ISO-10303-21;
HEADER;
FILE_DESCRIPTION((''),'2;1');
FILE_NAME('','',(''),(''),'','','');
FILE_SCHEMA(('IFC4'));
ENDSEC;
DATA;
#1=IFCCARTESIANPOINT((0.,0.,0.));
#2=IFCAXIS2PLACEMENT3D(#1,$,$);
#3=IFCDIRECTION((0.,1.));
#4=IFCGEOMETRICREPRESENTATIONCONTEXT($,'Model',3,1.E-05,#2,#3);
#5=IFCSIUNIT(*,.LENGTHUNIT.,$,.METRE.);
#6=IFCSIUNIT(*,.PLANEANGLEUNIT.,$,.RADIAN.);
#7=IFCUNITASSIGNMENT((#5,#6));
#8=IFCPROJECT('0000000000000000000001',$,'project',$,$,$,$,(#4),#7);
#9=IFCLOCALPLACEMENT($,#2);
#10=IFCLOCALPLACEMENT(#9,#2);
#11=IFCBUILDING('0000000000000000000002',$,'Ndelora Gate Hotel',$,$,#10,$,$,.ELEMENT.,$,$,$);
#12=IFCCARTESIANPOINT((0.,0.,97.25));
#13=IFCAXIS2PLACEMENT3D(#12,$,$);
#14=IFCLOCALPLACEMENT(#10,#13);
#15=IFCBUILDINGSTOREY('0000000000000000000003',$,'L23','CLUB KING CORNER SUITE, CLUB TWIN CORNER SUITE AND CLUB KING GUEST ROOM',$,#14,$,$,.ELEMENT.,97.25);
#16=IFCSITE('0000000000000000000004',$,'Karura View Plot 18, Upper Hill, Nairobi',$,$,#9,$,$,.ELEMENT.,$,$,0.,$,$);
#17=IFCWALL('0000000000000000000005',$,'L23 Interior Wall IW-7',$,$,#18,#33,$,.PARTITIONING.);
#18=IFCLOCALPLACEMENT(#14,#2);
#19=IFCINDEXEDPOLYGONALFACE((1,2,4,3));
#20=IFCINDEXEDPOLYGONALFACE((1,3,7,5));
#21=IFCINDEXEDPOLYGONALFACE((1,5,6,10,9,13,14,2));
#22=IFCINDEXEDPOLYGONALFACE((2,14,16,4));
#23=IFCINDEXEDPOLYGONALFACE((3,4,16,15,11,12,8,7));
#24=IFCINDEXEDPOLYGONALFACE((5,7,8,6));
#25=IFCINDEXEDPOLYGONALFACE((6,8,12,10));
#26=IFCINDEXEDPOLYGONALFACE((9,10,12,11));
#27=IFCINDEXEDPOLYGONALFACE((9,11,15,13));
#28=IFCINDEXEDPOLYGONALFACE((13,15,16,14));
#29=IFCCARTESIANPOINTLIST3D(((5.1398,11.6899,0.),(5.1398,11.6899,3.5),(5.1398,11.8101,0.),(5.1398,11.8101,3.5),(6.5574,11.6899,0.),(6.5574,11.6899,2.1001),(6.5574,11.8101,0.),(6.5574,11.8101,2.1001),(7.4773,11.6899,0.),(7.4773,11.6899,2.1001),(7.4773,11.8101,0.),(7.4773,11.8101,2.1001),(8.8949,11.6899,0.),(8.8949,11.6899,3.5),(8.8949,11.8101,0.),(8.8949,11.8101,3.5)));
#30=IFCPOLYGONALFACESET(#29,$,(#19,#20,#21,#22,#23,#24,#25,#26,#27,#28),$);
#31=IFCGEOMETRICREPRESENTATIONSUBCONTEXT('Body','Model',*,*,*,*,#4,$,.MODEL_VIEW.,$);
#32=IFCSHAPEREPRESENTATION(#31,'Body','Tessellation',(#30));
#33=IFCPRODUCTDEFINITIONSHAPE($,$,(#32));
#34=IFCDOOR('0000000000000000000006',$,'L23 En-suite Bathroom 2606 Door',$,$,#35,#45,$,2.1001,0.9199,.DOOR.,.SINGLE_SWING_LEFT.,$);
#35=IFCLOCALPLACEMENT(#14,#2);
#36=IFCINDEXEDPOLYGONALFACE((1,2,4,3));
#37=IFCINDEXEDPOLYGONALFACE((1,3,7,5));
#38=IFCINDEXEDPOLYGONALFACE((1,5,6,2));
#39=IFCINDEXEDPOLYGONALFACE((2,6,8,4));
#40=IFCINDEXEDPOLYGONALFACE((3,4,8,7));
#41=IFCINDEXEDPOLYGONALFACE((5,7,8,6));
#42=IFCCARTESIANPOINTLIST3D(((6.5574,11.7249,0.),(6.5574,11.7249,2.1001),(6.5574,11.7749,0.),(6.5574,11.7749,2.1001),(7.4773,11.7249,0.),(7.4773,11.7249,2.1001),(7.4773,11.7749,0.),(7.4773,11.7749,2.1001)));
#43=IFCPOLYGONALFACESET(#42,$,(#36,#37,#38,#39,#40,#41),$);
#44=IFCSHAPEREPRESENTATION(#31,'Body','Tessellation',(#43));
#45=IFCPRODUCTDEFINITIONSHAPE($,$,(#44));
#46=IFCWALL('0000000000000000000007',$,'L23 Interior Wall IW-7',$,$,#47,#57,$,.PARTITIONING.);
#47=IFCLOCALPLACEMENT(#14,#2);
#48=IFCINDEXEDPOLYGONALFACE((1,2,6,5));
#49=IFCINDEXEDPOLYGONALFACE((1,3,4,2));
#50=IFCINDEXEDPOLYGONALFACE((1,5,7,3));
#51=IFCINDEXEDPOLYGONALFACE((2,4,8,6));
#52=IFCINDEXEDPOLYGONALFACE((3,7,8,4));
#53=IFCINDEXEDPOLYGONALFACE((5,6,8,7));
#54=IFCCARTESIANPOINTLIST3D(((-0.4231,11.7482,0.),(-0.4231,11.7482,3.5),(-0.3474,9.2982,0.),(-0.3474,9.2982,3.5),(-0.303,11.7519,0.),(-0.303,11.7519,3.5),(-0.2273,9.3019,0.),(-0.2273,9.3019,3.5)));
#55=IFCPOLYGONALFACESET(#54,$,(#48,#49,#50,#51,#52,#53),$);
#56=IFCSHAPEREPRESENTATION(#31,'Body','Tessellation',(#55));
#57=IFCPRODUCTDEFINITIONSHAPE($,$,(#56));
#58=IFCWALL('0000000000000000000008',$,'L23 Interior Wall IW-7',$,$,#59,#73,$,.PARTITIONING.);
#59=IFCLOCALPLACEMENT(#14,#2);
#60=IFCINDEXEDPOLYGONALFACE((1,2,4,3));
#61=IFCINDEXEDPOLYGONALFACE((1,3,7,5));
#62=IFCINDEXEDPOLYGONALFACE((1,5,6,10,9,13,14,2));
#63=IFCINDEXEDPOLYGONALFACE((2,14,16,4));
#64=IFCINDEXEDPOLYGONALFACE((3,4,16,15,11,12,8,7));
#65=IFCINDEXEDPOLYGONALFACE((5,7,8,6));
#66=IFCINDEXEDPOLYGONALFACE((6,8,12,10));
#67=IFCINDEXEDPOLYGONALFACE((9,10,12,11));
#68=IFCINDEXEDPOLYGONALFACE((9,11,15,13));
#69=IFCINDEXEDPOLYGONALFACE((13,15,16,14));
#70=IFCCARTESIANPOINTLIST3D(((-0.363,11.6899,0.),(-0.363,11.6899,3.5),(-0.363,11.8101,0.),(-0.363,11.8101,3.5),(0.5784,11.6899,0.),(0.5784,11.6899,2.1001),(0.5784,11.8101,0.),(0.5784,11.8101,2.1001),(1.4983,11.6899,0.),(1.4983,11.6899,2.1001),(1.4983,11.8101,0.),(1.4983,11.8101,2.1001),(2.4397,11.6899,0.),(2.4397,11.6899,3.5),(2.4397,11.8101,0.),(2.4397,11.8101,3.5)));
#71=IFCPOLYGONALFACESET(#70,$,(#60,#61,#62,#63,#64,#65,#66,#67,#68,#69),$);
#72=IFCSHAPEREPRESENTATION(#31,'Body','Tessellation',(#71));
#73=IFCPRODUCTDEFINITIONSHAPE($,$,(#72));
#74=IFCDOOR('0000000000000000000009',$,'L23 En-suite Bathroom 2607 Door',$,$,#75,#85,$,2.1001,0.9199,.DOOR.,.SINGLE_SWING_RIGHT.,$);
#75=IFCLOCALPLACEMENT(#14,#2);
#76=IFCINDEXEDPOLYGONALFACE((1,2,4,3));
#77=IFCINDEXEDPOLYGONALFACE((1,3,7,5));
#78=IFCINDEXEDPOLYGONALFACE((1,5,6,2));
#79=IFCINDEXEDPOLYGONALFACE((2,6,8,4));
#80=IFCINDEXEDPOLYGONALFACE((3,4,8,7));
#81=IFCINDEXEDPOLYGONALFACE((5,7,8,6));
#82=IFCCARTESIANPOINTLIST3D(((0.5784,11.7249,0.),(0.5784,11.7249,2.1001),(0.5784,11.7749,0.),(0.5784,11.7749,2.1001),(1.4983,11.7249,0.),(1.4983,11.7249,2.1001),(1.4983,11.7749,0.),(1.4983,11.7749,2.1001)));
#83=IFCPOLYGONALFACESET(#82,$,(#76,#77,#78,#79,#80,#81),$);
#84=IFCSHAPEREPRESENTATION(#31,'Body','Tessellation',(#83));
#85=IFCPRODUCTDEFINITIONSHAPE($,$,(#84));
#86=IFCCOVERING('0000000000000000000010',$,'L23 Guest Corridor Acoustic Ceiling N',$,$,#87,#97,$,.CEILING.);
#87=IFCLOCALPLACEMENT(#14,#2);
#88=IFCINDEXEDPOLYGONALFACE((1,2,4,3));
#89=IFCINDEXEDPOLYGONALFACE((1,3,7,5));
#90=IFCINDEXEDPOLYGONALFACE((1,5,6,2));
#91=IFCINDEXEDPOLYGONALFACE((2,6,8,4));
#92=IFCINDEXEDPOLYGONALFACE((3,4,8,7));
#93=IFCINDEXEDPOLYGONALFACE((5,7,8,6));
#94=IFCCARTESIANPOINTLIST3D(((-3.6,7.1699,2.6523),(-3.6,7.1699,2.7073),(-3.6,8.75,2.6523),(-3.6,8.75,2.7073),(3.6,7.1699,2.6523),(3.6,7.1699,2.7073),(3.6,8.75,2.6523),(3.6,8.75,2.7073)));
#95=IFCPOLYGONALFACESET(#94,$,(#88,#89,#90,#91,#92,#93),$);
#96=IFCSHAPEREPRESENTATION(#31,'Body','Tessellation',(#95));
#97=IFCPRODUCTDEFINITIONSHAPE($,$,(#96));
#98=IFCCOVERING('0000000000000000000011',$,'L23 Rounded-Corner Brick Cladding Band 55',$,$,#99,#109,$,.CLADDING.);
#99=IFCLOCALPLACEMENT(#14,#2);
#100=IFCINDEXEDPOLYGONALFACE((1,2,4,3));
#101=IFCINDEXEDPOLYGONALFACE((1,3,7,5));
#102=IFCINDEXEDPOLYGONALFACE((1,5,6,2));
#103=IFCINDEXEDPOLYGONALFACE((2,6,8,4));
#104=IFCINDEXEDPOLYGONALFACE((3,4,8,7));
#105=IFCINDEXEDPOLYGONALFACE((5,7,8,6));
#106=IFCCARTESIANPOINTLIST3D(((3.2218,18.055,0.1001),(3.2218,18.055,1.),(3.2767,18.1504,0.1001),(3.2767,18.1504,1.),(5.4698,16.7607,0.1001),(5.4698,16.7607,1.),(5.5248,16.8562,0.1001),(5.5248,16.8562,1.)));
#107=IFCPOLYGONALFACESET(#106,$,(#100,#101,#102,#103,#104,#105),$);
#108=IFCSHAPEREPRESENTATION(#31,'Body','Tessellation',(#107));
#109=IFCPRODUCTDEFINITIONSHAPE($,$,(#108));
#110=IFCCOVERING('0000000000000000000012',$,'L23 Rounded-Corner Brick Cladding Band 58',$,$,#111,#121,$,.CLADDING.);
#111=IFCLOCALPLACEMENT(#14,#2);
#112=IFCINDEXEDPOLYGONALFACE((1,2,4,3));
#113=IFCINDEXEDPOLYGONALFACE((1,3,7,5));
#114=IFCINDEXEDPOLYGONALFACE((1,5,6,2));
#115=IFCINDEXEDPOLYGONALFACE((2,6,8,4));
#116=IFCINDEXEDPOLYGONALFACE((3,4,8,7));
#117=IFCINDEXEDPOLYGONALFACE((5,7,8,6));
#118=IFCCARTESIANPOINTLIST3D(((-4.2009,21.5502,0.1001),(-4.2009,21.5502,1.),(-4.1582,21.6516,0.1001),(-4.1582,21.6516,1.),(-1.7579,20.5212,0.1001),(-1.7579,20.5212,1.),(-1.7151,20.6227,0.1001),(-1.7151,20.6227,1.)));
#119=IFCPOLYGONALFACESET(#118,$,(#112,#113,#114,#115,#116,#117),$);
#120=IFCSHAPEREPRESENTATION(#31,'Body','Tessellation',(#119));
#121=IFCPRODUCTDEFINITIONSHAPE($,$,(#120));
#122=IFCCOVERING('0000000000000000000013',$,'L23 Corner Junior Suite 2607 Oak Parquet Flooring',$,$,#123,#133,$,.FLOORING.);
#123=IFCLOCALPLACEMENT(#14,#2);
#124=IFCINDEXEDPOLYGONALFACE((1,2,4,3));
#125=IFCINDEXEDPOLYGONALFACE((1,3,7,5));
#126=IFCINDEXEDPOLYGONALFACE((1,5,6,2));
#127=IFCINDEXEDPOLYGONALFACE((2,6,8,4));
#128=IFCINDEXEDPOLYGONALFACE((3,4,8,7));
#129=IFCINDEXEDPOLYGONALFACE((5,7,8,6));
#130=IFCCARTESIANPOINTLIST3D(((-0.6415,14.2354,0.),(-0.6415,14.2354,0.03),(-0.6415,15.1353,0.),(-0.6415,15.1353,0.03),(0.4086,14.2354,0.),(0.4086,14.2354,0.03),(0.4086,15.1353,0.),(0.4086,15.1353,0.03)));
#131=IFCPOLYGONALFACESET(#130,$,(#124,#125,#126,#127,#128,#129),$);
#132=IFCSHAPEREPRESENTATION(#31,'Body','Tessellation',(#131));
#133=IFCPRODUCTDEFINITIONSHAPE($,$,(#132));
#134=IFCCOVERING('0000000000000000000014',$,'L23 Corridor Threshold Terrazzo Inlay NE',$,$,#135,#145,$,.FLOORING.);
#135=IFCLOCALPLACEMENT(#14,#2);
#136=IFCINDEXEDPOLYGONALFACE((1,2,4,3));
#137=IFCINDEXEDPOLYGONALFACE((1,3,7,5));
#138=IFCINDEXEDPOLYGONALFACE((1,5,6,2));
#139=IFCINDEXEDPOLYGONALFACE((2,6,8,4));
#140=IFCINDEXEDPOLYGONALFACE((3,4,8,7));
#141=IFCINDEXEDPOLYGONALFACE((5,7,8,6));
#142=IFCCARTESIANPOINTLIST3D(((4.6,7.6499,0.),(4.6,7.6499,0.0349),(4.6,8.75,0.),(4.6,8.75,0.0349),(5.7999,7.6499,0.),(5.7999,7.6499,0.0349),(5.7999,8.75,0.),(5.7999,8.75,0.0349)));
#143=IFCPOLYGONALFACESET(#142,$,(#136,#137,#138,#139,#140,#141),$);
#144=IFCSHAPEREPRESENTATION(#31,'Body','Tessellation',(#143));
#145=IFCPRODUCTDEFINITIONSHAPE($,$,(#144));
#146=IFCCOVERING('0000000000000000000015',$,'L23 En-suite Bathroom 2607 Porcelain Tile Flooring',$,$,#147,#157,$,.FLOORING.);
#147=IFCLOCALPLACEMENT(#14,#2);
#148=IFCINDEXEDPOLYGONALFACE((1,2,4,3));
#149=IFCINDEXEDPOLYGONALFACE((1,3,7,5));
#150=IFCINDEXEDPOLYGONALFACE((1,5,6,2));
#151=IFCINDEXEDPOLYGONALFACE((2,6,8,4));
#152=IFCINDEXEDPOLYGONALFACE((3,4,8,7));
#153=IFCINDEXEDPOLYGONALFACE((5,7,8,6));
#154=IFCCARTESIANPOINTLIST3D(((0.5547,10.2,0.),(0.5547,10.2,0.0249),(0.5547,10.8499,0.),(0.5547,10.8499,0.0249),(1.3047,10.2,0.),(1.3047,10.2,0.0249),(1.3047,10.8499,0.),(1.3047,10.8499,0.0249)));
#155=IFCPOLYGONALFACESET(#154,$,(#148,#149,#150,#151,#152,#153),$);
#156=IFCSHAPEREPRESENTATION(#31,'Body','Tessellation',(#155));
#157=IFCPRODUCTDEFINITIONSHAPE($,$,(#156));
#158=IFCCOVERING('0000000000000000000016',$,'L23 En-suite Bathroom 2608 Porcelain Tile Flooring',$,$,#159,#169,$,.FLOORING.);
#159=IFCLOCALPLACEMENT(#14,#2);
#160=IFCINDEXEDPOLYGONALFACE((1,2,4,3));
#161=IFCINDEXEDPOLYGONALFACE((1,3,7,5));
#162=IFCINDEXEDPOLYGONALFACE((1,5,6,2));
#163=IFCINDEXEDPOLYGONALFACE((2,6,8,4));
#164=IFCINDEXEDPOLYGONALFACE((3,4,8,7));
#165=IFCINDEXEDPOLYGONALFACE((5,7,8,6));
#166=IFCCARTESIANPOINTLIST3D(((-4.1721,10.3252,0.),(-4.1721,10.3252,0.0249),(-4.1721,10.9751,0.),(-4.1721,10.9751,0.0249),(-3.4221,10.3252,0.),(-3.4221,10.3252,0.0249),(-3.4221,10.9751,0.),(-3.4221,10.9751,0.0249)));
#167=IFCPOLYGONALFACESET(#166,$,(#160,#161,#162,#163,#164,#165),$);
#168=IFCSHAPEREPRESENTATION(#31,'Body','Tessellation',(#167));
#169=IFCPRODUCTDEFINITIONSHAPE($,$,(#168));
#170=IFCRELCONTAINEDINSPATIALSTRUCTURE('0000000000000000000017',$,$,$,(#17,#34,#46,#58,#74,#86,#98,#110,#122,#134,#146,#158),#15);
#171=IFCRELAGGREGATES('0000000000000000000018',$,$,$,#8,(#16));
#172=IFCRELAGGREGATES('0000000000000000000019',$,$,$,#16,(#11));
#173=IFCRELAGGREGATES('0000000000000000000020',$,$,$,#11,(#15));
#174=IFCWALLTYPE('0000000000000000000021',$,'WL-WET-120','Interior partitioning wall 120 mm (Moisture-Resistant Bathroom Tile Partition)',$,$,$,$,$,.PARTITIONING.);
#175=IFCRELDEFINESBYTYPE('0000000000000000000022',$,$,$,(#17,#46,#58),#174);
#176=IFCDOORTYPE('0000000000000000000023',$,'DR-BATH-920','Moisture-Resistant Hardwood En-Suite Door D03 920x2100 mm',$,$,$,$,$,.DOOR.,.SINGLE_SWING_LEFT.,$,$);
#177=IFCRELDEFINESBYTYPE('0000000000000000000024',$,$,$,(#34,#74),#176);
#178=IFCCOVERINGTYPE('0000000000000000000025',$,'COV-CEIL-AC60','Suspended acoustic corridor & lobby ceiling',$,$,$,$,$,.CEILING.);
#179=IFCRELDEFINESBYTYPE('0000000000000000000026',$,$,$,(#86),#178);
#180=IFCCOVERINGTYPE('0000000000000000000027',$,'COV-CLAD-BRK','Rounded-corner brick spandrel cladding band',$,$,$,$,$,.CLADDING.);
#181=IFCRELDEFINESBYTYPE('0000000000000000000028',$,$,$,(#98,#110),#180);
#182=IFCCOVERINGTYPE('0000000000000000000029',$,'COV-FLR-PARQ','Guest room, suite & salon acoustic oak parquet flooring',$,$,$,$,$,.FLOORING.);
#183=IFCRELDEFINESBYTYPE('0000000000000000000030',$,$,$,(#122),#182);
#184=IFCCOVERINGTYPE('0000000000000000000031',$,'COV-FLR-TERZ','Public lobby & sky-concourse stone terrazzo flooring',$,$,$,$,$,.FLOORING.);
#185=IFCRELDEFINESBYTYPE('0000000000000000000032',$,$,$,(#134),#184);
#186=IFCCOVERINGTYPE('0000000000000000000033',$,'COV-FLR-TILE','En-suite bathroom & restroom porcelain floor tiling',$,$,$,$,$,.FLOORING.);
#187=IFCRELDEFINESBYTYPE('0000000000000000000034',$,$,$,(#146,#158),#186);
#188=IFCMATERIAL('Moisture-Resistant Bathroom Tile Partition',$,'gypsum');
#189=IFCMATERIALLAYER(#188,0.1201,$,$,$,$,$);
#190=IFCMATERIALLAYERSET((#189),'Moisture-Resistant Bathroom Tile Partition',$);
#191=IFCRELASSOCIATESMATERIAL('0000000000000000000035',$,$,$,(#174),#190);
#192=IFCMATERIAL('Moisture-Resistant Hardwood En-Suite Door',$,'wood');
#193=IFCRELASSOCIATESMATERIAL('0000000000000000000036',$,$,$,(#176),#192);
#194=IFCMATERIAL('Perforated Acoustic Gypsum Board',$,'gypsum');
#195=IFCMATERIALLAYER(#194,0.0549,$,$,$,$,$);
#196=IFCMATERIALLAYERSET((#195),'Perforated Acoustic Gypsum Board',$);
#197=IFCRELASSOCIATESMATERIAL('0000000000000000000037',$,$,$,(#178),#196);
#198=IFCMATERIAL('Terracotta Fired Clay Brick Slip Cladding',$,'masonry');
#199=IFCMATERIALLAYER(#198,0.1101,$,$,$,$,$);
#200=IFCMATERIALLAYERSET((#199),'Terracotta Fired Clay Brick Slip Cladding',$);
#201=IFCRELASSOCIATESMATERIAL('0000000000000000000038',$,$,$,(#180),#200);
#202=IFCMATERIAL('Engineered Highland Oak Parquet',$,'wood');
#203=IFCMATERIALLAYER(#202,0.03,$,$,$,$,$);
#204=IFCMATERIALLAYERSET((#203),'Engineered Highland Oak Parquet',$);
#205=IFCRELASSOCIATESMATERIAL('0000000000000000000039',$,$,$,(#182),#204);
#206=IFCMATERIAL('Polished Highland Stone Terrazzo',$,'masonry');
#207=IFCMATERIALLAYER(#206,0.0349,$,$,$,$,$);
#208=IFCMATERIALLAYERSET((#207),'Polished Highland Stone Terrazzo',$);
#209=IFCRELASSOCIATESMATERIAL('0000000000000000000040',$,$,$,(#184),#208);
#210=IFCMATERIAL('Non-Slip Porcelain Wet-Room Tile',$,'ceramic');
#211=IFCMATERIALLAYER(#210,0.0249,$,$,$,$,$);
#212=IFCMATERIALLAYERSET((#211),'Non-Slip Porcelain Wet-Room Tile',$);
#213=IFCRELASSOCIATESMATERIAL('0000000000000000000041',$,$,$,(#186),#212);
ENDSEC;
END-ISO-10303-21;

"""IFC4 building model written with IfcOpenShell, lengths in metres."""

from ifc_helpers import new_model, si_unit, direction, frame, frame_2d, origin, origin_2d, place, context, subcontext, project, spatial, rectangle, extrude, material, layer, layer_set, type_object, element, fill, save


model = new_model("IFC4")

# Units and contexts
model_context = context("Model", 3, precision=1e-05, world=origin(), true_north=direction((0.0, 1.0)))
body_context = subcontext(model_context, "Body", "Model", "MODEL_VIEW")
ifc_project = project(units=[si_unit("LENGTHUNIT", "METRE"), si_unit("PLANEANGLEUNIT", "RADIAN")], contexts=[model_context])

# Site, building, storey
site_placement = place(None, origin())
site = spatial("IfcSite", under=ifc_project, at=site_placement, Name="Karura View Plot 18, Upper Hill, Nairobi", CompositionType="ELEMENT", RefElevation=0.0)
building_placement = place(site_placement, origin())
building = spatial("IfcBuilding", under=site, at=building_placement, Name="Ndelora Gate Hotel", CompositionType="ELEMENT")
storey_placement = place(building_placement, frame((0.0, 0.0, 97.25)))
storey = spatial("IfcBuildingStorey", under=building, at=storey_placement, Name="L23", Description="CLUB KING CORNER SUITE, CLUB TWIN CORNER SUITE AND CLUB KING GUEST ROOM", CompositionType="ELEMENT", Elevation=97.25)

# Shared definitions
ifc_material_1 = material(Name="Moisture-Resistant Bathroom Tile Partition", Category="gypsum")
ifc_layer_1 = layer(ifc_material_1, 0.1201)
ifc_layer_set_1 = layer_set([ifc_layer_1], Name="Moisture-Resistant Bathroom Tile Partition")
wall_type_1 = type_object("IfcWallType", Name="WL-WET-120", Description="Interior partitioning wall 120 mm (Moisture-Resistant Bathroom Tile Partition)", PredefinedType="PARTITIONING", material=ifc_layer_set_1)

# Wall, opening, door
wall_1_placement = place(storey_placement, frame((5.1399, 11.75, 0.0), z_axis=(0.0, 0.0, 1.0), x_axis=(1.0, 0.0, 0.0)))
wall_1 = element("IfcWall", 1, at=wall_1_placement, inside=storey, type_object=wall_type_1, Name="L23 Interior Wall IW-7", PredefinedType="PARTITIONING", context=body_context, shape_type="SweptSolid", body=[
    extrude(rectangle(XDim=3.7551, YDim=0.1201, at=frame_2d((1.8774, 0.0))), origin(), (0.0, 0.0, 1.0), 3.5),
])
opening_1_placement = place(wall_1_placement, frame((1.4175, 0.0, 0.0)))
opening_1 = element("IfcOpeningElement", 2, at=opening_1_placement, cuts=wall_1, PredefinedType="OPENING", context=body_context, shape_type="SweptSolid", body=[
    extrude(rectangle(XDim=0.9199, YDim=2.1001, at=frame_2d((0.46, 1.05))), frame((0.0, 0.0701, 0.0), z_axis=(0.0, -1.0, 0.0), x_axis=(1.0, 0.0, 0.0)), (0.0, 0.0, 1.0), 0.1401),
])
ifc_material_2 = material(Name="Moisture-Resistant Hardwood En-Suite Door", Category="wood")
door_type = type_object("IfcDoorType", Name="DR-BATH-920", Description="Moisture-Resistant Hardwood En-Suite Door D03 920x2100 mm", OperationType="SINGLE_SWING_LEFT", PredefinedType="DOOR", material=ifc_material_2)
door_1_placement = place(opening_1_placement, origin())
door_1 = element("IfcDoor", 3, at=door_1_placement, inside=storey, type_object=door_type, Name="L23 En-suite Bathroom 2606 Door", OperationType="SINGLE_SWING_LEFT", OverallHeight=2.1001, OverallWidth=0.9199, PredefinedType="DOOR", context=body_context, shape_type="SweptSolid", body=[
    extrude(rectangle(XDim=0.9199, YDim=2.1001, at=frame_2d((0.46, 1.05))), frame((0.0, 0.0249, 0.0), z_axis=(0.0, -1.0, 0.0), x_axis=(1.0, 0.0, 0.0)), (0.0, 0.0, 1.0), 0.05),
])
fill(opening_1, door_1)

# Wall
wall_2_placement = place(storey_placement, frame((-0.2874, 9.3, 0.0), z_axis=(0.0, 0.0, 1.0), x_axis=(-0.030877, 0.999523, 0.0)))
element("IfcWall", 4, at=wall_2_placement, inside=storey, type_object=wall_type_1, Name="L23 Interior Wall IW-7", PredefinedType="PARTITIONING", context=body_context, shape_type="SweptSolid", body=[
    extrude(rectangle(XDim=2.4512, YDim=0.1201, at=frame_2d((1.2256, 0.0))), origin(), (0.0, 0.0, 1.0), 3.5),
])

# Wall, opening, door
wall_3_placement = place(storey_placement, frame((-0.363, 11.75, 0.0), z_axis=(0.0, 0.0, 1.0), x_axis=(1.0, 0.0, 0.0)))
wall_3 = element("IfcWall", 5, at=wall_3_placement, inside=storey, type_object=wall_type_1, Name="L23 Interior Wall IW-7", PredefinedType="PARTITIONING", context=body_context, shape_type="SweptSolid", body=[
    extrude(rectangle(XDim=2.8027, YDim=0.1201, at=frame_2d((1.4014, 0.0))), origin(), (0.0, 0.0, 1.0), 3.5),
])
opening_2_placement = place(wall_3_placement, frame((0.9414, 0.0, 0.0)))
opening_2 = element("IfcOpeningElement", 6, at=opening_2_placement, cuts=wall_3, PredefinedType="OPENING", context=body_context, shape_type="SweptSolid", body=[
    extrude(rectangle(XDim=0.9199, YDim=2.1001, at=frame_2d((0.46, 1.05))), frame((0.0, 0.0701, 0.0), z_axis=(0.0, -1.0, 0.0), x_axis=(1.0, 0.0, 0.0)), (0.0, 0.0, 1.0), 0.1401),
])
door_2_placement = place(opening_2_placement, origin())
door_2 = element("IfcDoor", 7, at=door_2_placement, inside=storey, type_object=door_type, Name="L23 En-suite Bathroom 2607 Door", OperationType="SINGLE_SWING_RIGHT", OverallHeight=2.1001, OverallWidth=0.9199, PredefinedType="DOOR", context=body_context, shape_type="SweptSolid", body=[
    extrude(rectangle(XDim=0.9199, YDim=2.1001, at=frame_2d((0.46, 1.05))), frame((0.0, 0.0249, 0.0), z_axis=(0.0, -1.0, 0.0), x_axis=(1.0, 0.0, 0.0)), (0.0, 0.0, 1.0), 0.05),
])
fill(opening_2, door_2)

# Coverings
ifc_material_3 = material(Name="Perforated Acoustic Gypsum Board", Category="gypsum")
ifc_layer_2 = layer(ifc_material_3, 0.0549)
ifc_layer_set_2 = layer_set([ifc_layer_2], Name="Perforated Acoustic Gypsum Board")
covering_type_1 = type_object("IfcCoveringType", Name="COV-CEIL-AC60", Description="Suspended acoustic corridor & lobby ceiling", PredefinedType="CEILING", material=ifc_layer_set_2)
covering_1_placement = place(storey_placement, frame((0.0, 7.96, 2.6523), z_axis=(0.0, 0.0, 1.0), x_axis=(1.0, 0.0, 0.0)))
element("IfcCovering", 8, at=covering_1_placement, inside=storey, type_object=covering_type_1, Name="L23 Guest Corridor Acoustic Ceiling N", PredefinedType="CEILING", context=body_context, shape_type="SweptSolid", body=[
    extrude(rectangle(XDim=7.2, YDim=1.5801, at=origin_2d()), origin(), (0.0, 0.0, 1.0), 0.0549),
])
ifc_material_4 = material(Name="Terracotta Fired Clay Brick Slip Cladding", Category="masonry")
ifc_layer_3 = layer(ifc_material_4, 0.1101)
ifc_layer_set_3 = layer_set([ifc_layer_3], Name="Terracotta Fired Clay Brick Slip Cladding")
covering_type_2 = type_object("IfcCoveringType", Name="COV-CLAD-BRK", Description="Rounded-corner brick spandrel cladding band", PredefinedType="CLADDING", material=ifc_layer_set_3)
covering_2_placement = place(storey_placement, frame((4.3733, 17.4556, 0.1001), z_axis=(0.0, 0.0, 1.0), x_axis=(-0.866636, 0.498942, 0.0)))
element("IfcCovering", 9, at=covering_2_placement, inside=storey, type_object=covering_type_2, Name="L23 Rounded-Corner Brick Cladding Band 55", PredefinedType="CLADDING", context=body_context, shape_type="SweptSolid", body=[
    extrude(rectangle(XDim=2.594, YDim=0.1101, at=origin_2d()), origin(), (0.0, 0.0, 1.0), 0.8999),
])
covering_3_placement = place(storey_placement, frame((-2.958, 21.0864, 0.1001), z_axis=(0.0, 0.0, 1.0), x_axis=(-0.921592, 0.388159, 0.0)))
element("IfcCovering", 10, at=covering_3_placement, inside=storey, type_object=covering_type_2, Name="L23 Rounded-Corner Brick Cladding Band 58", PredefinedType="CLADDING", context=body_context, shape_type="SweptSolid", body=[
    extrude(rectangle(XDim=2.6509, YDim=0.1101, at=origin_2d()), origin(), (0.0, 0.0, 1.0), 0.8999),
])
ifc_material_5 = material(Name="Engineered Highland Oak Parquet", Category="wood")
ifc_layer_4 = layer(ifc_material_5, 0.03)
ifc_layer_set_4 = layer_set([ifc_layer_4], Name="Engineered Highland Oak Parquet")
covering_type_3 = type_object("IfcCoveringType", Name="COV-FLR-PARQ", Description="Guest room, suite & salon acoustic oak parquet flooring", PredefinedType="FLOORING", material=ifc_layer_set_4)
covering_4_placement = place(storey_placement, frame((-0.1165, 14.6853, 0.0), z_axis=(0.0, 0.0, 1.0), x_axis=(1.0, 0.0, 0.0)))
element("IfcCovering", 11, at=covering_4_placement, inside=storey, type_object=covering_type_3, Name="L23 Corner Junior Suite 2607 Oak Parquet Flooring", PredefinedType="FLOORING", context=body_context, shape_type="SweptSolid", body=[
    extrude(rectangle(XDim=1.05, YDim=0.8999, at=origin_2d()), origin(), (0.0, 0.0, 1.0), 0.03),
])
ifc_material_6 = material(Name="Polished Highland Stone Terrazzo", Category="masonry")
ifc_layer_5 = layer(ifc_material_6, 0.0349)
ifc_layer_set_5 = layer_set([ifc_layer_5], Name="Polished Highland Stone Terrazzo")
covering_type_4 = type_object("IfcCoveringType", Name="COV-FLR-TERZ", Description="Public lobby & sky-concourse stone terrazzo flooring", PredefinedType="FLOORING", material=ifc_layer_set_5)
covering_5_placement = place(storey_placement, frame((5.2, 8.2, 0.0), z_axis=(0.0, 0.0, 1.0), x_axis=(1.0, 0.0, 0.0)))
element("IfcCovering", 12, at=covering_5_placement, inside=storey, type_object=covering_type_4, Name="L23 Corridor Threshold Terrazzo Inlay NE", PredefinedType="FLOORING", context=body_context, shape_type="SweptSolid", body=[
    extrude(rectangle(XDim=1.2, YDim=1.1001, at=origin_2d()), origin(), (0.0, 0.0, 1.0), 0.0349),
])
ifc_material_7 = material(Name="Non-Slip Porcelain Wet-Room Tile", Category="ceramic")
ifc_layer_6 = layer(ifc_material_7, 0.0249)
ifc_layer_set_6 = layer_set([ifc_layer_6], Name="Non-Slip Porcelain Wet-Room Tile")
covering_type_5 = type_object("IfcCoveringType", Name="COV-FLR-TILE", Description="En-suite bathroom & restroom porcelain floor tiling", PredefinedType="FLOORING", material=ifc_layer_set_6)
for number, where, z_axis, x_axis, name in (
    (13, (0.9297, 10.5249, 0.0), (0.0, 0.0, 1.0), (1.0, 0.0, 0.0), "L23 En-suite Bathroom 2607 Porcelain Tile Flooring"),
    (14, (-3.7971, 10.6501, 0.0), (0.0, 0.0, 1.0), (1.0, 0.0, 0.0), "L23 En-suite Bathroom 2608 Porcelain Tile Flooring"),
):
    element("IfcCovering", number, at=place(storey_placement, frame(where, z_axis=z_axis, x_axis=x_axis)), inside=storey, type_object=covering_type_5, Name=name, PredefinedType="FLOORING", context=body_context, shape_type="SweptSolid", body=[
        extrude(rectangle(XDim=0.75, YDim=0.6499, at=origin_2d()), origin(), (0.0, 0.0, 1.0), 0.0249),
    ])

save(model, "model.ifc")
